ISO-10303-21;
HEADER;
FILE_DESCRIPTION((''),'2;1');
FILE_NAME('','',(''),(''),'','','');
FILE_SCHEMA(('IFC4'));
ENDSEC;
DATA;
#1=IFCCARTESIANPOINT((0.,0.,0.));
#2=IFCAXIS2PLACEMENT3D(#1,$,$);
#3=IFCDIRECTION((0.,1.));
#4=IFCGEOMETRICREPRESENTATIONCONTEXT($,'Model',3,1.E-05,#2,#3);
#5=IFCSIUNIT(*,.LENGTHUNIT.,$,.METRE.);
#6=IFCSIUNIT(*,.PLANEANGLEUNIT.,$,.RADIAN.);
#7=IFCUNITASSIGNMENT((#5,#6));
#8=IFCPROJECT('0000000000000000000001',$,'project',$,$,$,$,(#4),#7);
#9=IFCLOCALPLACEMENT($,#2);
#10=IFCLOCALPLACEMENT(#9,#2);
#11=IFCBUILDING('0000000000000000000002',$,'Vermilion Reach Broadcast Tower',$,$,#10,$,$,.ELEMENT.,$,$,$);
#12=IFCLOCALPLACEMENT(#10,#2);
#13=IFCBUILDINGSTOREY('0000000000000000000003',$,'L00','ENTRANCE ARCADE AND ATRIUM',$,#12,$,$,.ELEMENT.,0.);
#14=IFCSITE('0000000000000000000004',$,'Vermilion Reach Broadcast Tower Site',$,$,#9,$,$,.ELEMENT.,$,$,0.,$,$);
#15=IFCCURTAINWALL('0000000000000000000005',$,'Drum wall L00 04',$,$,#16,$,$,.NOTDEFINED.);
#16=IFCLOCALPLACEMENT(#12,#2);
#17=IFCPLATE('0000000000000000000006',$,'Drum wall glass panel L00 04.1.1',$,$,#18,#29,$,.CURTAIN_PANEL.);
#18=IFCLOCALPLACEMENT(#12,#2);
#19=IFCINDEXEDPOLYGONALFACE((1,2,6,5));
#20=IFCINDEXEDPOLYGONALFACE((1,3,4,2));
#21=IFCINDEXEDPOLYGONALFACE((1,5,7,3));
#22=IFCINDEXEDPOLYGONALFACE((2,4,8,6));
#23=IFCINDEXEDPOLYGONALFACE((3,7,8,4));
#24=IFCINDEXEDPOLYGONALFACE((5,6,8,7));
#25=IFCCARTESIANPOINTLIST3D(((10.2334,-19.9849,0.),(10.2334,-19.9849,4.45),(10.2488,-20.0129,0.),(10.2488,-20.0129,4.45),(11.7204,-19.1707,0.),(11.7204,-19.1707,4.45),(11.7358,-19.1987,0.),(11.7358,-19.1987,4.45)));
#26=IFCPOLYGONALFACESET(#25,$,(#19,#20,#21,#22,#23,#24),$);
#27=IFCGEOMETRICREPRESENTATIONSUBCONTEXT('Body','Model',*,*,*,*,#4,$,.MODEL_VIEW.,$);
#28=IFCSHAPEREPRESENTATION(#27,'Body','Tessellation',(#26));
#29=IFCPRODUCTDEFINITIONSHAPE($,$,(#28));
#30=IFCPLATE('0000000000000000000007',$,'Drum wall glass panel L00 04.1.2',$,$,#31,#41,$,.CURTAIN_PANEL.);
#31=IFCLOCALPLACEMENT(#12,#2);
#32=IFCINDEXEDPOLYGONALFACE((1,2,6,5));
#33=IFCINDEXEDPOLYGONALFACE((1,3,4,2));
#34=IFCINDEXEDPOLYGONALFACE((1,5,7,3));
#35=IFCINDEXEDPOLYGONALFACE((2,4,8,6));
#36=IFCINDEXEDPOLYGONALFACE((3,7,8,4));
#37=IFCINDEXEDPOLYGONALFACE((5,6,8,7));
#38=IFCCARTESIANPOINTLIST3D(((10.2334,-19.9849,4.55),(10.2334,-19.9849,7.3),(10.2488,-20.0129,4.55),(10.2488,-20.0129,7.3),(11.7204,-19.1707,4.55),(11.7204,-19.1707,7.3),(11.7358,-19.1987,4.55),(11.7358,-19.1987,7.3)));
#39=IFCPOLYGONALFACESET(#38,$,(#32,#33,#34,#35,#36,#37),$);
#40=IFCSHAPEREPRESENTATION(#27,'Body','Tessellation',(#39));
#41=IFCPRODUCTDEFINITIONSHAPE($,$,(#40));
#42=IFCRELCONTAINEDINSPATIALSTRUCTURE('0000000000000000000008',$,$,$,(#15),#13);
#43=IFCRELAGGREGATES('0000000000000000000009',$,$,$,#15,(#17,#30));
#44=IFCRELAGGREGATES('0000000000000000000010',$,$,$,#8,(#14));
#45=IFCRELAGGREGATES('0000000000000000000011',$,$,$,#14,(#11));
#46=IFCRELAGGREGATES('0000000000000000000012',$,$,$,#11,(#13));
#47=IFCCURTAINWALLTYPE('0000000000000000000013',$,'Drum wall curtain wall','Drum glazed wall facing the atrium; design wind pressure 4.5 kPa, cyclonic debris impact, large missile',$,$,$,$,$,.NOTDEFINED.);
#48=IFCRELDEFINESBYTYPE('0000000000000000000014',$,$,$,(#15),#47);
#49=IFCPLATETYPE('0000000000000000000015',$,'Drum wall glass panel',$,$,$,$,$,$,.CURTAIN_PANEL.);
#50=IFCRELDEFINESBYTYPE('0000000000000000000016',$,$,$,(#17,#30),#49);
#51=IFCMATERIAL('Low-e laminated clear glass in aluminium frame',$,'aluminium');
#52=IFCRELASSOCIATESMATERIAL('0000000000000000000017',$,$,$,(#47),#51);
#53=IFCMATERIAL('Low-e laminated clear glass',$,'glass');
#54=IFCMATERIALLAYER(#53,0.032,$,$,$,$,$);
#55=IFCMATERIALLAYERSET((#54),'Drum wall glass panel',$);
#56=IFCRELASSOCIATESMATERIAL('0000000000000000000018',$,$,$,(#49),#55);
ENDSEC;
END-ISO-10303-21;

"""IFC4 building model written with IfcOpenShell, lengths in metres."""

from ifc_helpers import new_model, si_unit, direction, frame, origin, origin_2d, place, context, subcontext, project, spatial, rectangle, extrude, material, layer, layer_set, type_object, element, aggregate, save


model = new_model("IFC4")

# Units and contexts
model_context = context("Model", 3, precision=1e-05, world=origin(), true_north=direction((0.0, 1.0)))
body_context = subcontext(model_context, "Body", "Model", "MODEL_VIEW")
ifc_project = project(units=[si_unit("LENGTHUNIT", "METRE"), si_unit("PLANEANGLEUNIT", "RADIAN")], contexts=[model_context])

# Site, building, storey
site_placement = place(None, origin())
site = spatial("IfcSite", under=ifc_project, at=site_placement, Name="Vermilion Reach Broadcast Tower Site", CompositionType="ELEMENT", RefElevation=0.0)
building_placement = place(site_placement, origin())
building = spatial("IfcBuilding", under=site, at=building_placement, Name="Vermilion Reach Broadcast Tower", CompositionType="ELEMENT")
storey_placement = place(building_placement, origin())
storey = spatial("IfcBuildingStorey", under=building, at=storey_placement, Name="L00", Description="ENTRANCE ARCADE AND ATRIUM", CompositionType="ELEMENT", Elevation=0.0)

# Shared definitions
placement = place(storey_placement, origin())

# Curtain wall
ifc_material_1 = material(Name="Low-e laminated clear glass in aluminium frame", Category="aluminium")
curtain_wall_type_1 = type_object("IfcCurtainWallType", Name="Drum wall curtain wall", Description="Drum glazed wall facing the atrium; design wind pressure 4.5 kPa, cyclonic debris impact, large missile", PredefinedType="NOTDEFINED", material=ifc_material_1)
curtain_wall_1 = element("IfcCurtainWall", 1, at=placement, inside=storey, type_object=curtain_wall_type_1, Name="Drum wall L00 04", PredefinedType="NOTDEFINED")

# Plates
ifc_material_2 = material(Name="Low-e laminated clear glass", Category="glass")
ifc_layer_1 = layer(ifc_material_2, 0.032)
ifc_layer_set_1 = layer_set([ifc_layer_1], Name="Drum wall glass panel")
plate_type_1 = type_object("IfcPlateType", Name="Drum wall glass panel", PredefinedType="CURTAIN_PANEL", material=ifc_layer_set_1)
plate_1_placement = place(storey_placement, frame((10.9846, -19.5918, 0.0), z_axis=(0.0, 0.0, 1.0), x_axis=(-0.877121, -0.480269, 0.0)))
plate_1 = element("IfcPlate", 2, at=plate_1_placement, type_object=plate_type_1, Name="Drum wall glass panel L00 04.1.1", PredefinedType="CURTAIN_PANEL", context=body_context, shape_type="SweptSolid", body=[
    extrude(rectangle(XDim=1.6953, YDim=0.032, at=origin_2d()), origin(), (0.0, 0.0, 1.0), 4.45),
])
plate_2_placement = place(storey_placement, frame((10.9846, -19.5918, 4.55), z_axis=(0.0, 0.0, 1.0), x_axis=(-0.877121, -0.480269, 0.0)))
plate_2 = element("IfcPlate", 3, at=plate_2_placement, type_object=plate_type_1, Name="Drum wall glass panel L00 04.1.2", PredefinedType="CURTAIN_PANEL", context=body_context, shape_type="SweptSolid", body=[
    extrude(rectangle(XDim=1.6953, YDim=0.032, at=origin_2d()), origin(), (0.0, 0.0, 1.0), 2.75),
])
aggregate(curtain_wall_1, [plate_1, plate_2])

save(model, "model.ifc")
